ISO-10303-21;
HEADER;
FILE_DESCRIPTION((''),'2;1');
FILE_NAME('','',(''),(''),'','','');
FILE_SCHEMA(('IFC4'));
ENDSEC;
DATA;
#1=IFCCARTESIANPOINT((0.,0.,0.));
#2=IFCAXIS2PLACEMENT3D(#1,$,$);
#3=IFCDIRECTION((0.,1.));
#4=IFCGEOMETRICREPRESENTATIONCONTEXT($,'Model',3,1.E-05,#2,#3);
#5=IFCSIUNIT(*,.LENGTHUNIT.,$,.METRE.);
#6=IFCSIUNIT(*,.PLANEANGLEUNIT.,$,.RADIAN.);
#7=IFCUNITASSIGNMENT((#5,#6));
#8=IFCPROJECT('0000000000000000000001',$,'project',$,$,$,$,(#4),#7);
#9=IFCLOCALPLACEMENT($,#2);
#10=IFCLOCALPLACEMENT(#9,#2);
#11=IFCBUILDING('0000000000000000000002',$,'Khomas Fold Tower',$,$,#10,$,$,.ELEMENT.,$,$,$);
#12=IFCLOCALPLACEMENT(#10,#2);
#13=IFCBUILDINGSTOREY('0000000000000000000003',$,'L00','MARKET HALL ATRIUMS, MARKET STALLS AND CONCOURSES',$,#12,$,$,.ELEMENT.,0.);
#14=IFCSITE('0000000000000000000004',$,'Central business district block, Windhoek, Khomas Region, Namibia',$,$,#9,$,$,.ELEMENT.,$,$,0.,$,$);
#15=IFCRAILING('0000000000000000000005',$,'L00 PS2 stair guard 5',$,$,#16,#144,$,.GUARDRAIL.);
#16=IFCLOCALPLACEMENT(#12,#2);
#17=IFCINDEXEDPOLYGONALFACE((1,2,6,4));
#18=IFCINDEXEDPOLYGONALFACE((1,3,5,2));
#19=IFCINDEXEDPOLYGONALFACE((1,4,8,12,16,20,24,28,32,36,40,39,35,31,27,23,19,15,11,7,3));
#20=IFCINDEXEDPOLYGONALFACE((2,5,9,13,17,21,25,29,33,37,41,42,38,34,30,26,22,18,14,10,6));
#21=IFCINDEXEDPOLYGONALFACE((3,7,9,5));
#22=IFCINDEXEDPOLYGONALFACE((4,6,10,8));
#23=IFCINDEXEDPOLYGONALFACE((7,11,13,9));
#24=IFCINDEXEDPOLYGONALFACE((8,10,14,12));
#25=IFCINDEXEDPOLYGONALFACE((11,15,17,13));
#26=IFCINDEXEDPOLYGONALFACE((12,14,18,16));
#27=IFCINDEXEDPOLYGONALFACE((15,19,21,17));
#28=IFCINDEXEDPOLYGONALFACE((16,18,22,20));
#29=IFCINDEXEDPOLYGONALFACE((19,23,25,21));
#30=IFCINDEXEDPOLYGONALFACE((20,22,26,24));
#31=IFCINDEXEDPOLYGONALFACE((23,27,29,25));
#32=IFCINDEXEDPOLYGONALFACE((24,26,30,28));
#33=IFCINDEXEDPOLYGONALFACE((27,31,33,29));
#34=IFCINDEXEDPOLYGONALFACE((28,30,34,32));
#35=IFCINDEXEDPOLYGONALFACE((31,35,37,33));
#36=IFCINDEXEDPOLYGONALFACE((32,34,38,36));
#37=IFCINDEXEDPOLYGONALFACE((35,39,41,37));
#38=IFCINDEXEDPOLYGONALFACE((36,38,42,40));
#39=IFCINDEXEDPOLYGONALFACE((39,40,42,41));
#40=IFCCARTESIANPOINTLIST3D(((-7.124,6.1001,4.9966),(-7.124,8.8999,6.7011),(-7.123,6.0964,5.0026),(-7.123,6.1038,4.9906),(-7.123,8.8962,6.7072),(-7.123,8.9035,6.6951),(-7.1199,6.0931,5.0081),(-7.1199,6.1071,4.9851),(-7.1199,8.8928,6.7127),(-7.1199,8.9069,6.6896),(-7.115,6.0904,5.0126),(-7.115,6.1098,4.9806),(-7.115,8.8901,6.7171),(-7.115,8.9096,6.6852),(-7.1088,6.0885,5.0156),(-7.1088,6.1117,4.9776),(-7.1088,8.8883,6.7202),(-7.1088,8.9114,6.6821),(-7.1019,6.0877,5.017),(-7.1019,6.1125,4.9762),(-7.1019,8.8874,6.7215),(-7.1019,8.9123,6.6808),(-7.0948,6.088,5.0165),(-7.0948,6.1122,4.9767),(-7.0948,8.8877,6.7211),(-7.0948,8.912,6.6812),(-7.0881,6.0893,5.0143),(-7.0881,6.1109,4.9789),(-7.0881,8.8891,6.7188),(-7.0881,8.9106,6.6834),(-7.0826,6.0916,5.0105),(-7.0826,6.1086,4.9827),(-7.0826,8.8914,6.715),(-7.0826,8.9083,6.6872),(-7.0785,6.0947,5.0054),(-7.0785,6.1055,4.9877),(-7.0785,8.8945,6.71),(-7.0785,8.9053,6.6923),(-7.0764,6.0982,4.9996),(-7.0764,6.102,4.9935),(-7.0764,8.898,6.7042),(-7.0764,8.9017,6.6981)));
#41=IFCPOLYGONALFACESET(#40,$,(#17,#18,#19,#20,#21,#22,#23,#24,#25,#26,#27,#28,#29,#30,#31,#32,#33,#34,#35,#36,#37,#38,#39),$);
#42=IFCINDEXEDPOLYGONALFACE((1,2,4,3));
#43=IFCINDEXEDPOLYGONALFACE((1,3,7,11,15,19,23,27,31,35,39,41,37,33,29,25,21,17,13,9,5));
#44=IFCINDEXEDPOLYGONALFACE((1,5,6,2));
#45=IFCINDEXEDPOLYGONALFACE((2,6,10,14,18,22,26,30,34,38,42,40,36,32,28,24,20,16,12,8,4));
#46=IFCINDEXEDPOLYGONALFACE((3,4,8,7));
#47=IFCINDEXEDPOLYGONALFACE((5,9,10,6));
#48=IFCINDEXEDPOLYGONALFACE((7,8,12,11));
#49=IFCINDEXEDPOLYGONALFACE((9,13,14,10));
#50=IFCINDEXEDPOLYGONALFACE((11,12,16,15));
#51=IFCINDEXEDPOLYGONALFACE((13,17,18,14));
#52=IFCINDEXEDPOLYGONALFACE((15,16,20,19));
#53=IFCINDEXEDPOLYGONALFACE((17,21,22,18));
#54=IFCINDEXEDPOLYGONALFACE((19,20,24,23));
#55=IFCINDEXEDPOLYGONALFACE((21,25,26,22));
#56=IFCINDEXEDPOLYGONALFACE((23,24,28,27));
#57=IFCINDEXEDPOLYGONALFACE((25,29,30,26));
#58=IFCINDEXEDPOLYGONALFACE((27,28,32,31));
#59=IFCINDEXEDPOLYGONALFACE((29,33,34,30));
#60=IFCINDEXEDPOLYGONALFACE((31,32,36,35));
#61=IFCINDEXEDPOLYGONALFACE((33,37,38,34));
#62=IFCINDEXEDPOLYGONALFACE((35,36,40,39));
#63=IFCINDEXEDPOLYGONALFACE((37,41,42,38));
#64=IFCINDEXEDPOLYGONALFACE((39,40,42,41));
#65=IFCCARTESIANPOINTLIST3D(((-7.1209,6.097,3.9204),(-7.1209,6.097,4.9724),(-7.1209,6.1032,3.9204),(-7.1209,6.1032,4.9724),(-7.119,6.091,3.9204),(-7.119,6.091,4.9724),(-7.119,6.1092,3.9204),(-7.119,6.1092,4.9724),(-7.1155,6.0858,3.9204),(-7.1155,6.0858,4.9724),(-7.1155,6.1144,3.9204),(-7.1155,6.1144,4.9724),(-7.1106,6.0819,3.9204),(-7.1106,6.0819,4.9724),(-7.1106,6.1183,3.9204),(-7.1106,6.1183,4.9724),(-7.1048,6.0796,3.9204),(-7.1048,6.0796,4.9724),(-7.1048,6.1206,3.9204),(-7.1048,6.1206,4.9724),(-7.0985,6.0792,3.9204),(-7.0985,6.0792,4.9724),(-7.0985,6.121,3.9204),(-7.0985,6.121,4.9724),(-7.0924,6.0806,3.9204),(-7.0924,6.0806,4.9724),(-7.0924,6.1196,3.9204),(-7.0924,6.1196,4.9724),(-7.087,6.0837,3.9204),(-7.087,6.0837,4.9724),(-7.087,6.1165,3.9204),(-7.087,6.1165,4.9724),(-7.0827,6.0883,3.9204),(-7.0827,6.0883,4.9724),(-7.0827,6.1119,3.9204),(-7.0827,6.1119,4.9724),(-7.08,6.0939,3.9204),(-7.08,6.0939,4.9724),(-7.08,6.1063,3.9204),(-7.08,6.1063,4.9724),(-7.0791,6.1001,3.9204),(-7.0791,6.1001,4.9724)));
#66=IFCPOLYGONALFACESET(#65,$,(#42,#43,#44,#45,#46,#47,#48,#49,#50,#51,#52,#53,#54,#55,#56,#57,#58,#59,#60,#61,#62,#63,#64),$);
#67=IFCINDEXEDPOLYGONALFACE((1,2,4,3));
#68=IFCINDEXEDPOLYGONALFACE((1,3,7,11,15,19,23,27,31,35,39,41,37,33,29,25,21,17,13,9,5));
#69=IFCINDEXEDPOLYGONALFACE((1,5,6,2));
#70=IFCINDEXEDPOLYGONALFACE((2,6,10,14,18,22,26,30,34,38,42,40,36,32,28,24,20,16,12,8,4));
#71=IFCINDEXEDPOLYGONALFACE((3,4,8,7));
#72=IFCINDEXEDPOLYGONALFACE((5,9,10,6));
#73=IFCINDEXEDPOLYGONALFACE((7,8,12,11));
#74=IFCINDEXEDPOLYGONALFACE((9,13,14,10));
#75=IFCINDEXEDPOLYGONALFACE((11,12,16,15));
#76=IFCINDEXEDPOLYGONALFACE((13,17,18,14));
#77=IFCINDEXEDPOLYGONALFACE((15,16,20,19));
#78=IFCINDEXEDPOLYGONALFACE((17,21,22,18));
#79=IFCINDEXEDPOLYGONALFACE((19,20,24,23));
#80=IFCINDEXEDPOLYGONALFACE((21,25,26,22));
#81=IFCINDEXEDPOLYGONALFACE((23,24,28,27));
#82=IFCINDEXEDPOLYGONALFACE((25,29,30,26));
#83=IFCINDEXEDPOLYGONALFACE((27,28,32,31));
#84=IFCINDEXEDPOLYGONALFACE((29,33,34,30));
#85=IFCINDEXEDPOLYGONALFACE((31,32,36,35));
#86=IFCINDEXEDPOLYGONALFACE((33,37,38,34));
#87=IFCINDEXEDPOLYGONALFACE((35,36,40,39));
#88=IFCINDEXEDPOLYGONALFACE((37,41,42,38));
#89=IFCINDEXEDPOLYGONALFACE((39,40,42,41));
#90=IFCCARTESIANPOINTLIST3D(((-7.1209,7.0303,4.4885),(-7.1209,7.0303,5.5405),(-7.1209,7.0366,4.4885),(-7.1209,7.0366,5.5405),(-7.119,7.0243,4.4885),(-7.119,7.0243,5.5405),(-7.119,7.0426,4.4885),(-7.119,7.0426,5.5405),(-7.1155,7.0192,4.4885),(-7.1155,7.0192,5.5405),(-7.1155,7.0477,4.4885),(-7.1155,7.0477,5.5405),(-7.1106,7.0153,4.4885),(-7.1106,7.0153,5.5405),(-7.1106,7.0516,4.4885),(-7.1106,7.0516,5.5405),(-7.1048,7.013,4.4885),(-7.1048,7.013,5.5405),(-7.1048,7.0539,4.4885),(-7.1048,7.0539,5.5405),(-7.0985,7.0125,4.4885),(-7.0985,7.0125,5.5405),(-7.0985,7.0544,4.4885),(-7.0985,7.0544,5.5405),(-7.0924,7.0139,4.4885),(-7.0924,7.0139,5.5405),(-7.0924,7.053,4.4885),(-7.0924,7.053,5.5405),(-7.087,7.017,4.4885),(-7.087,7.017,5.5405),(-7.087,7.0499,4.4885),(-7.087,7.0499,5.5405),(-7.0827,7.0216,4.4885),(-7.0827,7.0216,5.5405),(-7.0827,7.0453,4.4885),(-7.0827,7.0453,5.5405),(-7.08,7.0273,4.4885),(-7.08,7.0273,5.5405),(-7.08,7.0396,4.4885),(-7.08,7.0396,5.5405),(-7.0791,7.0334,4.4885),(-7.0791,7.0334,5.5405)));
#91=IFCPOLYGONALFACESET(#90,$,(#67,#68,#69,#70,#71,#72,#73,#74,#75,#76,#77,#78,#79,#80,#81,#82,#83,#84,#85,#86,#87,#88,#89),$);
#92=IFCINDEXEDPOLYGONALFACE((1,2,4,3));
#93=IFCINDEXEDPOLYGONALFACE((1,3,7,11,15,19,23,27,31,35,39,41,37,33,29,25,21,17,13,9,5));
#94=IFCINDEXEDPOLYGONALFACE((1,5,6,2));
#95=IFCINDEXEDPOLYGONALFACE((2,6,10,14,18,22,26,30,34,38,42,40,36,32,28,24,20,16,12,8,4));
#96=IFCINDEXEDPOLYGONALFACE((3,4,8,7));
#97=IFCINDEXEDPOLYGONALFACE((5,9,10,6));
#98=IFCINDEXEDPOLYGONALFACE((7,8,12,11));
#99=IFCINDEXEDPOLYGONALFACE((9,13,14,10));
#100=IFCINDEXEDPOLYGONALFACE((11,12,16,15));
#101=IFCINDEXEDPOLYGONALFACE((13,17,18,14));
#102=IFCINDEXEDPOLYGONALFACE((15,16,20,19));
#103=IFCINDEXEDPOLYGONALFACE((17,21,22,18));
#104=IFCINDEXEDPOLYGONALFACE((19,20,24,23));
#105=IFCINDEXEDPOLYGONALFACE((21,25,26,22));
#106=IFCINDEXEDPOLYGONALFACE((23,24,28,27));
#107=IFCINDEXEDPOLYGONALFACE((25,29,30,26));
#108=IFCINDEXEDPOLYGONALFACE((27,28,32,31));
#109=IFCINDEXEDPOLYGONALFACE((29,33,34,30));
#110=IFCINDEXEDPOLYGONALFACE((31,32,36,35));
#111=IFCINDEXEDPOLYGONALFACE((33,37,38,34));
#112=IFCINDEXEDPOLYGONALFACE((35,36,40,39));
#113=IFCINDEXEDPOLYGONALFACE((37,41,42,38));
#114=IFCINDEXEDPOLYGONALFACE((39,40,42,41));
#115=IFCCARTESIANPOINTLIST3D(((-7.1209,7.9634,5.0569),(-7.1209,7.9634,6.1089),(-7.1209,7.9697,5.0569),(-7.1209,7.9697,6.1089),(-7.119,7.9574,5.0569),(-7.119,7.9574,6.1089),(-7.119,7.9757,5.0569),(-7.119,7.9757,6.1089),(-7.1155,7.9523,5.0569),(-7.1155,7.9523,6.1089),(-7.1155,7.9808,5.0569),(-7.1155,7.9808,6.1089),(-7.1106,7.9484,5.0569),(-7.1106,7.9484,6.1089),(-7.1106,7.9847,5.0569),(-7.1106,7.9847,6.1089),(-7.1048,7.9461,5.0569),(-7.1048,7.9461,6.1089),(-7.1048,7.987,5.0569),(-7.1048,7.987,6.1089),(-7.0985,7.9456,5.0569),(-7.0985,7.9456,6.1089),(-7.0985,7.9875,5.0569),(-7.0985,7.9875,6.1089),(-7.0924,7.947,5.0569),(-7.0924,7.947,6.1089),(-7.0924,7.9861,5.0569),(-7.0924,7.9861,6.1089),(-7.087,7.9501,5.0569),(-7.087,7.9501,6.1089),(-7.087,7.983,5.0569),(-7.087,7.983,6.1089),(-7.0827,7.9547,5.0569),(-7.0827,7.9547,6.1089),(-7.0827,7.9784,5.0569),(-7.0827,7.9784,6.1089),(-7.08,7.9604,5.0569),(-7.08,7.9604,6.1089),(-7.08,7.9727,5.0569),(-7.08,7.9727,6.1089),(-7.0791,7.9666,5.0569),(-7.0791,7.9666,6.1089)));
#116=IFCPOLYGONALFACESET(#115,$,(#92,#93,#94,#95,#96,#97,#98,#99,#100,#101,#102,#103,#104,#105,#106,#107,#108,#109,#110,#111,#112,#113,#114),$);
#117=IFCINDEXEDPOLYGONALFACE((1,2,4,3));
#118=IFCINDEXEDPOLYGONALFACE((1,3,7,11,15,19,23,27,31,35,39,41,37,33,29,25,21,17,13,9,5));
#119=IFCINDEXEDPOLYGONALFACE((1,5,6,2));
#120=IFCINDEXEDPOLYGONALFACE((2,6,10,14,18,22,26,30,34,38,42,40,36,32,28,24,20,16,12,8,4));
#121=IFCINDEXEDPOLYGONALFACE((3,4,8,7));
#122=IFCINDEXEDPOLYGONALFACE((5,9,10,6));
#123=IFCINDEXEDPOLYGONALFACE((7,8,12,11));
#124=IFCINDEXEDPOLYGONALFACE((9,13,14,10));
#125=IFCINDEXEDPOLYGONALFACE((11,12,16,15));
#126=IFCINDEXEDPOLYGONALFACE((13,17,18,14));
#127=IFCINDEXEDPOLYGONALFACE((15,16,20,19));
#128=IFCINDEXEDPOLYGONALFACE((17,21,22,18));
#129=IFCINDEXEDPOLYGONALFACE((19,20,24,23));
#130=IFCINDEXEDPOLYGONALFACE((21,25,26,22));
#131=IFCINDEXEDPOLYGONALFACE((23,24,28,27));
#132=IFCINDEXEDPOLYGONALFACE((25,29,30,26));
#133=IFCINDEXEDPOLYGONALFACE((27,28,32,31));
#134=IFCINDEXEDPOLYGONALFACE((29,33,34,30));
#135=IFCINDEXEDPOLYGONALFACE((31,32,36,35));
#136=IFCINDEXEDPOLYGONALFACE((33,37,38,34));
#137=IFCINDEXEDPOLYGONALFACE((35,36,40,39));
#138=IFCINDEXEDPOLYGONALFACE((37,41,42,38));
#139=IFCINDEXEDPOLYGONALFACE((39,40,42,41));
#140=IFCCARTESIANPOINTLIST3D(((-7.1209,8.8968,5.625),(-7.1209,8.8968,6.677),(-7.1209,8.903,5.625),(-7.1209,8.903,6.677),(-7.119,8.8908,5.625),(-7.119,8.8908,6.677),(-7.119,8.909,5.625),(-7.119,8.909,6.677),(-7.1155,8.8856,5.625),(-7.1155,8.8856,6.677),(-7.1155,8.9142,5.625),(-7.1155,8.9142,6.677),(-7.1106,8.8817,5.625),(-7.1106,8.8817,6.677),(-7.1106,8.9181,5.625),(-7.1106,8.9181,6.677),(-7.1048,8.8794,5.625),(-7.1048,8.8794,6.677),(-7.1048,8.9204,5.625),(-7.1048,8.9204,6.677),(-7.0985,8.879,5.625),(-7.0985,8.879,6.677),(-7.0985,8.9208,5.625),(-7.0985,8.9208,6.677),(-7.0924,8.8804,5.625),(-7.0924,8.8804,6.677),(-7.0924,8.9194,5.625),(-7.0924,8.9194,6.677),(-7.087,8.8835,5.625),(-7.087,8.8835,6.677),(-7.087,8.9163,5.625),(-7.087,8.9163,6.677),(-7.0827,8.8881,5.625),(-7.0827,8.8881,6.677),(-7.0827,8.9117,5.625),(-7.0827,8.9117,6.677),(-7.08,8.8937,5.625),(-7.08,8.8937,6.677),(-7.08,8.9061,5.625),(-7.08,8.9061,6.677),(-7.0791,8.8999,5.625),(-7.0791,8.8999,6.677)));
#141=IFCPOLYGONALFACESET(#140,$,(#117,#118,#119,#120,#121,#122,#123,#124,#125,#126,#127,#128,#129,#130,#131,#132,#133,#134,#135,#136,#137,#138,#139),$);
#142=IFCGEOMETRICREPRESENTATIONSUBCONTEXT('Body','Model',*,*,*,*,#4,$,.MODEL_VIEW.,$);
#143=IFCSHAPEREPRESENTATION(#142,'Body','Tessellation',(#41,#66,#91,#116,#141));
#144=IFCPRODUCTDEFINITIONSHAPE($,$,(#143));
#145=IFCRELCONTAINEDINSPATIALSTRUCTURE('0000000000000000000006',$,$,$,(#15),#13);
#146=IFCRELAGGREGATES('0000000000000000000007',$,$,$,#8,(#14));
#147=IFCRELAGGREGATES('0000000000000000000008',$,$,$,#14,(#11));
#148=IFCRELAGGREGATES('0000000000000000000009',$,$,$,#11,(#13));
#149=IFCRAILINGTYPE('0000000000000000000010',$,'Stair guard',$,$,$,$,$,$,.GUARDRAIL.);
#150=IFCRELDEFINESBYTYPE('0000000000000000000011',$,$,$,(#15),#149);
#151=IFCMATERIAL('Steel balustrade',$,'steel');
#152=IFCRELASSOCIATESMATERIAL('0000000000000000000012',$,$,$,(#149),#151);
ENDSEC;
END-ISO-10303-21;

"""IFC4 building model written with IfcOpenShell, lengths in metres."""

from ifc_helpers import new_model, si_unit, direction, frame, origin, origin_2d, place, context, subcontext, project, spatial, circle, extrude, source, transform, mapped, material, type_object, element, save


model = new_model("IFC4")

# Units and contexts
model_context = context("Model", 3, precision=1e-05, world=origin(), true_north=direction((0.0, 1.0)))
body_context = subcontext(model_context, "Body", "Model", "MODEL_VIEW")
ifc_project = project(units=[si_unit("LENGTHUNIT", "METRE"), si_unit("PLANEANGLEUNIT", "RADIAN")], contexts=[model_context])

# Site, building, storey
site_placement = place(None, origin())
site = spatial("IfcSite", under=ifc_project, at=site_placement, Name="Central business district block, Windhoek, Khomas Region, Namibia", CompositionType="ELEMENT", RefElevation=0.0)
building_placement = place(site_placement, origin())
building = spatial("IfcBuilding", under=site, at=building_placement, Name="Khomas Fold Tower", CompositionType="ELEMENT")
storey_placement = place(building_placement, origin())
storey = spatial("IfcBuildingStorey", under=building, at=storey_placement, Name="L00", Description="MARKET HALL ATRIUMS, MARKET STALLS AND CONCOURSES", CompositionType="ELEMENT", Elevation=0.0)

# Railing
ifc_material_1 = material(Name="Steel balustrade", Category="steel")
railing_type_1 = type_object("IfcRailingType", Name="Stair guard", PredefinedType="GUARDRAIL", material=ifc_material_1)
shared_shape_1 = source(origin(), body_context, "Body", "SweptSolid", [
    extrude(circle(Radius=0.0239, at=origin_2d()), frame((0.0, 0.0, 1.0762), z_axis=(0.0, 0.85415, 0.520027), x_axis=(-1.0, 0.0, 0.0)), (0.0, 0.0, 1.0), 3.2778),
    extrude(circle(Radius=0.021, at=origin_2d()), origin(), (0.0, 0.0, 1.0), 1.052),
    extrude(circle(Radius=0.021, at=origin_2d()), frame((0.0, 0.9333, 0.5681)), (0.0, 0.0, 1.0), 1.052),
    extrude(circle(Radius=0.021, at=origin_2d()), frame((0.0, 1.8665, 1.1365)), (0.0, 0.0, 1.0), 1.052),
    extrude(circle(Radius=0.021, at=origin_2d()), frame((0.0, 2.7998, 1.7046)), (0.0, 0.0, 1.0), 1.052),
])
for number, where, name in (
    (1, (-7.1001, 6.1001, 3.9204), "L00 PS2 stair guard 5"),
):
    element("IfcRailing", number, at=place(storey_placement, frame(where)), inside=storey, type_object=railing_type_1, Name=name, PredefinedType="GUARDRAIL", context=body_context, shape_type="MappedRepresentation", body=[
        mapped(shared_shape_1, transform((0.0, 0.0, 0.0))),
    ])

save(model, "model.ifc")
